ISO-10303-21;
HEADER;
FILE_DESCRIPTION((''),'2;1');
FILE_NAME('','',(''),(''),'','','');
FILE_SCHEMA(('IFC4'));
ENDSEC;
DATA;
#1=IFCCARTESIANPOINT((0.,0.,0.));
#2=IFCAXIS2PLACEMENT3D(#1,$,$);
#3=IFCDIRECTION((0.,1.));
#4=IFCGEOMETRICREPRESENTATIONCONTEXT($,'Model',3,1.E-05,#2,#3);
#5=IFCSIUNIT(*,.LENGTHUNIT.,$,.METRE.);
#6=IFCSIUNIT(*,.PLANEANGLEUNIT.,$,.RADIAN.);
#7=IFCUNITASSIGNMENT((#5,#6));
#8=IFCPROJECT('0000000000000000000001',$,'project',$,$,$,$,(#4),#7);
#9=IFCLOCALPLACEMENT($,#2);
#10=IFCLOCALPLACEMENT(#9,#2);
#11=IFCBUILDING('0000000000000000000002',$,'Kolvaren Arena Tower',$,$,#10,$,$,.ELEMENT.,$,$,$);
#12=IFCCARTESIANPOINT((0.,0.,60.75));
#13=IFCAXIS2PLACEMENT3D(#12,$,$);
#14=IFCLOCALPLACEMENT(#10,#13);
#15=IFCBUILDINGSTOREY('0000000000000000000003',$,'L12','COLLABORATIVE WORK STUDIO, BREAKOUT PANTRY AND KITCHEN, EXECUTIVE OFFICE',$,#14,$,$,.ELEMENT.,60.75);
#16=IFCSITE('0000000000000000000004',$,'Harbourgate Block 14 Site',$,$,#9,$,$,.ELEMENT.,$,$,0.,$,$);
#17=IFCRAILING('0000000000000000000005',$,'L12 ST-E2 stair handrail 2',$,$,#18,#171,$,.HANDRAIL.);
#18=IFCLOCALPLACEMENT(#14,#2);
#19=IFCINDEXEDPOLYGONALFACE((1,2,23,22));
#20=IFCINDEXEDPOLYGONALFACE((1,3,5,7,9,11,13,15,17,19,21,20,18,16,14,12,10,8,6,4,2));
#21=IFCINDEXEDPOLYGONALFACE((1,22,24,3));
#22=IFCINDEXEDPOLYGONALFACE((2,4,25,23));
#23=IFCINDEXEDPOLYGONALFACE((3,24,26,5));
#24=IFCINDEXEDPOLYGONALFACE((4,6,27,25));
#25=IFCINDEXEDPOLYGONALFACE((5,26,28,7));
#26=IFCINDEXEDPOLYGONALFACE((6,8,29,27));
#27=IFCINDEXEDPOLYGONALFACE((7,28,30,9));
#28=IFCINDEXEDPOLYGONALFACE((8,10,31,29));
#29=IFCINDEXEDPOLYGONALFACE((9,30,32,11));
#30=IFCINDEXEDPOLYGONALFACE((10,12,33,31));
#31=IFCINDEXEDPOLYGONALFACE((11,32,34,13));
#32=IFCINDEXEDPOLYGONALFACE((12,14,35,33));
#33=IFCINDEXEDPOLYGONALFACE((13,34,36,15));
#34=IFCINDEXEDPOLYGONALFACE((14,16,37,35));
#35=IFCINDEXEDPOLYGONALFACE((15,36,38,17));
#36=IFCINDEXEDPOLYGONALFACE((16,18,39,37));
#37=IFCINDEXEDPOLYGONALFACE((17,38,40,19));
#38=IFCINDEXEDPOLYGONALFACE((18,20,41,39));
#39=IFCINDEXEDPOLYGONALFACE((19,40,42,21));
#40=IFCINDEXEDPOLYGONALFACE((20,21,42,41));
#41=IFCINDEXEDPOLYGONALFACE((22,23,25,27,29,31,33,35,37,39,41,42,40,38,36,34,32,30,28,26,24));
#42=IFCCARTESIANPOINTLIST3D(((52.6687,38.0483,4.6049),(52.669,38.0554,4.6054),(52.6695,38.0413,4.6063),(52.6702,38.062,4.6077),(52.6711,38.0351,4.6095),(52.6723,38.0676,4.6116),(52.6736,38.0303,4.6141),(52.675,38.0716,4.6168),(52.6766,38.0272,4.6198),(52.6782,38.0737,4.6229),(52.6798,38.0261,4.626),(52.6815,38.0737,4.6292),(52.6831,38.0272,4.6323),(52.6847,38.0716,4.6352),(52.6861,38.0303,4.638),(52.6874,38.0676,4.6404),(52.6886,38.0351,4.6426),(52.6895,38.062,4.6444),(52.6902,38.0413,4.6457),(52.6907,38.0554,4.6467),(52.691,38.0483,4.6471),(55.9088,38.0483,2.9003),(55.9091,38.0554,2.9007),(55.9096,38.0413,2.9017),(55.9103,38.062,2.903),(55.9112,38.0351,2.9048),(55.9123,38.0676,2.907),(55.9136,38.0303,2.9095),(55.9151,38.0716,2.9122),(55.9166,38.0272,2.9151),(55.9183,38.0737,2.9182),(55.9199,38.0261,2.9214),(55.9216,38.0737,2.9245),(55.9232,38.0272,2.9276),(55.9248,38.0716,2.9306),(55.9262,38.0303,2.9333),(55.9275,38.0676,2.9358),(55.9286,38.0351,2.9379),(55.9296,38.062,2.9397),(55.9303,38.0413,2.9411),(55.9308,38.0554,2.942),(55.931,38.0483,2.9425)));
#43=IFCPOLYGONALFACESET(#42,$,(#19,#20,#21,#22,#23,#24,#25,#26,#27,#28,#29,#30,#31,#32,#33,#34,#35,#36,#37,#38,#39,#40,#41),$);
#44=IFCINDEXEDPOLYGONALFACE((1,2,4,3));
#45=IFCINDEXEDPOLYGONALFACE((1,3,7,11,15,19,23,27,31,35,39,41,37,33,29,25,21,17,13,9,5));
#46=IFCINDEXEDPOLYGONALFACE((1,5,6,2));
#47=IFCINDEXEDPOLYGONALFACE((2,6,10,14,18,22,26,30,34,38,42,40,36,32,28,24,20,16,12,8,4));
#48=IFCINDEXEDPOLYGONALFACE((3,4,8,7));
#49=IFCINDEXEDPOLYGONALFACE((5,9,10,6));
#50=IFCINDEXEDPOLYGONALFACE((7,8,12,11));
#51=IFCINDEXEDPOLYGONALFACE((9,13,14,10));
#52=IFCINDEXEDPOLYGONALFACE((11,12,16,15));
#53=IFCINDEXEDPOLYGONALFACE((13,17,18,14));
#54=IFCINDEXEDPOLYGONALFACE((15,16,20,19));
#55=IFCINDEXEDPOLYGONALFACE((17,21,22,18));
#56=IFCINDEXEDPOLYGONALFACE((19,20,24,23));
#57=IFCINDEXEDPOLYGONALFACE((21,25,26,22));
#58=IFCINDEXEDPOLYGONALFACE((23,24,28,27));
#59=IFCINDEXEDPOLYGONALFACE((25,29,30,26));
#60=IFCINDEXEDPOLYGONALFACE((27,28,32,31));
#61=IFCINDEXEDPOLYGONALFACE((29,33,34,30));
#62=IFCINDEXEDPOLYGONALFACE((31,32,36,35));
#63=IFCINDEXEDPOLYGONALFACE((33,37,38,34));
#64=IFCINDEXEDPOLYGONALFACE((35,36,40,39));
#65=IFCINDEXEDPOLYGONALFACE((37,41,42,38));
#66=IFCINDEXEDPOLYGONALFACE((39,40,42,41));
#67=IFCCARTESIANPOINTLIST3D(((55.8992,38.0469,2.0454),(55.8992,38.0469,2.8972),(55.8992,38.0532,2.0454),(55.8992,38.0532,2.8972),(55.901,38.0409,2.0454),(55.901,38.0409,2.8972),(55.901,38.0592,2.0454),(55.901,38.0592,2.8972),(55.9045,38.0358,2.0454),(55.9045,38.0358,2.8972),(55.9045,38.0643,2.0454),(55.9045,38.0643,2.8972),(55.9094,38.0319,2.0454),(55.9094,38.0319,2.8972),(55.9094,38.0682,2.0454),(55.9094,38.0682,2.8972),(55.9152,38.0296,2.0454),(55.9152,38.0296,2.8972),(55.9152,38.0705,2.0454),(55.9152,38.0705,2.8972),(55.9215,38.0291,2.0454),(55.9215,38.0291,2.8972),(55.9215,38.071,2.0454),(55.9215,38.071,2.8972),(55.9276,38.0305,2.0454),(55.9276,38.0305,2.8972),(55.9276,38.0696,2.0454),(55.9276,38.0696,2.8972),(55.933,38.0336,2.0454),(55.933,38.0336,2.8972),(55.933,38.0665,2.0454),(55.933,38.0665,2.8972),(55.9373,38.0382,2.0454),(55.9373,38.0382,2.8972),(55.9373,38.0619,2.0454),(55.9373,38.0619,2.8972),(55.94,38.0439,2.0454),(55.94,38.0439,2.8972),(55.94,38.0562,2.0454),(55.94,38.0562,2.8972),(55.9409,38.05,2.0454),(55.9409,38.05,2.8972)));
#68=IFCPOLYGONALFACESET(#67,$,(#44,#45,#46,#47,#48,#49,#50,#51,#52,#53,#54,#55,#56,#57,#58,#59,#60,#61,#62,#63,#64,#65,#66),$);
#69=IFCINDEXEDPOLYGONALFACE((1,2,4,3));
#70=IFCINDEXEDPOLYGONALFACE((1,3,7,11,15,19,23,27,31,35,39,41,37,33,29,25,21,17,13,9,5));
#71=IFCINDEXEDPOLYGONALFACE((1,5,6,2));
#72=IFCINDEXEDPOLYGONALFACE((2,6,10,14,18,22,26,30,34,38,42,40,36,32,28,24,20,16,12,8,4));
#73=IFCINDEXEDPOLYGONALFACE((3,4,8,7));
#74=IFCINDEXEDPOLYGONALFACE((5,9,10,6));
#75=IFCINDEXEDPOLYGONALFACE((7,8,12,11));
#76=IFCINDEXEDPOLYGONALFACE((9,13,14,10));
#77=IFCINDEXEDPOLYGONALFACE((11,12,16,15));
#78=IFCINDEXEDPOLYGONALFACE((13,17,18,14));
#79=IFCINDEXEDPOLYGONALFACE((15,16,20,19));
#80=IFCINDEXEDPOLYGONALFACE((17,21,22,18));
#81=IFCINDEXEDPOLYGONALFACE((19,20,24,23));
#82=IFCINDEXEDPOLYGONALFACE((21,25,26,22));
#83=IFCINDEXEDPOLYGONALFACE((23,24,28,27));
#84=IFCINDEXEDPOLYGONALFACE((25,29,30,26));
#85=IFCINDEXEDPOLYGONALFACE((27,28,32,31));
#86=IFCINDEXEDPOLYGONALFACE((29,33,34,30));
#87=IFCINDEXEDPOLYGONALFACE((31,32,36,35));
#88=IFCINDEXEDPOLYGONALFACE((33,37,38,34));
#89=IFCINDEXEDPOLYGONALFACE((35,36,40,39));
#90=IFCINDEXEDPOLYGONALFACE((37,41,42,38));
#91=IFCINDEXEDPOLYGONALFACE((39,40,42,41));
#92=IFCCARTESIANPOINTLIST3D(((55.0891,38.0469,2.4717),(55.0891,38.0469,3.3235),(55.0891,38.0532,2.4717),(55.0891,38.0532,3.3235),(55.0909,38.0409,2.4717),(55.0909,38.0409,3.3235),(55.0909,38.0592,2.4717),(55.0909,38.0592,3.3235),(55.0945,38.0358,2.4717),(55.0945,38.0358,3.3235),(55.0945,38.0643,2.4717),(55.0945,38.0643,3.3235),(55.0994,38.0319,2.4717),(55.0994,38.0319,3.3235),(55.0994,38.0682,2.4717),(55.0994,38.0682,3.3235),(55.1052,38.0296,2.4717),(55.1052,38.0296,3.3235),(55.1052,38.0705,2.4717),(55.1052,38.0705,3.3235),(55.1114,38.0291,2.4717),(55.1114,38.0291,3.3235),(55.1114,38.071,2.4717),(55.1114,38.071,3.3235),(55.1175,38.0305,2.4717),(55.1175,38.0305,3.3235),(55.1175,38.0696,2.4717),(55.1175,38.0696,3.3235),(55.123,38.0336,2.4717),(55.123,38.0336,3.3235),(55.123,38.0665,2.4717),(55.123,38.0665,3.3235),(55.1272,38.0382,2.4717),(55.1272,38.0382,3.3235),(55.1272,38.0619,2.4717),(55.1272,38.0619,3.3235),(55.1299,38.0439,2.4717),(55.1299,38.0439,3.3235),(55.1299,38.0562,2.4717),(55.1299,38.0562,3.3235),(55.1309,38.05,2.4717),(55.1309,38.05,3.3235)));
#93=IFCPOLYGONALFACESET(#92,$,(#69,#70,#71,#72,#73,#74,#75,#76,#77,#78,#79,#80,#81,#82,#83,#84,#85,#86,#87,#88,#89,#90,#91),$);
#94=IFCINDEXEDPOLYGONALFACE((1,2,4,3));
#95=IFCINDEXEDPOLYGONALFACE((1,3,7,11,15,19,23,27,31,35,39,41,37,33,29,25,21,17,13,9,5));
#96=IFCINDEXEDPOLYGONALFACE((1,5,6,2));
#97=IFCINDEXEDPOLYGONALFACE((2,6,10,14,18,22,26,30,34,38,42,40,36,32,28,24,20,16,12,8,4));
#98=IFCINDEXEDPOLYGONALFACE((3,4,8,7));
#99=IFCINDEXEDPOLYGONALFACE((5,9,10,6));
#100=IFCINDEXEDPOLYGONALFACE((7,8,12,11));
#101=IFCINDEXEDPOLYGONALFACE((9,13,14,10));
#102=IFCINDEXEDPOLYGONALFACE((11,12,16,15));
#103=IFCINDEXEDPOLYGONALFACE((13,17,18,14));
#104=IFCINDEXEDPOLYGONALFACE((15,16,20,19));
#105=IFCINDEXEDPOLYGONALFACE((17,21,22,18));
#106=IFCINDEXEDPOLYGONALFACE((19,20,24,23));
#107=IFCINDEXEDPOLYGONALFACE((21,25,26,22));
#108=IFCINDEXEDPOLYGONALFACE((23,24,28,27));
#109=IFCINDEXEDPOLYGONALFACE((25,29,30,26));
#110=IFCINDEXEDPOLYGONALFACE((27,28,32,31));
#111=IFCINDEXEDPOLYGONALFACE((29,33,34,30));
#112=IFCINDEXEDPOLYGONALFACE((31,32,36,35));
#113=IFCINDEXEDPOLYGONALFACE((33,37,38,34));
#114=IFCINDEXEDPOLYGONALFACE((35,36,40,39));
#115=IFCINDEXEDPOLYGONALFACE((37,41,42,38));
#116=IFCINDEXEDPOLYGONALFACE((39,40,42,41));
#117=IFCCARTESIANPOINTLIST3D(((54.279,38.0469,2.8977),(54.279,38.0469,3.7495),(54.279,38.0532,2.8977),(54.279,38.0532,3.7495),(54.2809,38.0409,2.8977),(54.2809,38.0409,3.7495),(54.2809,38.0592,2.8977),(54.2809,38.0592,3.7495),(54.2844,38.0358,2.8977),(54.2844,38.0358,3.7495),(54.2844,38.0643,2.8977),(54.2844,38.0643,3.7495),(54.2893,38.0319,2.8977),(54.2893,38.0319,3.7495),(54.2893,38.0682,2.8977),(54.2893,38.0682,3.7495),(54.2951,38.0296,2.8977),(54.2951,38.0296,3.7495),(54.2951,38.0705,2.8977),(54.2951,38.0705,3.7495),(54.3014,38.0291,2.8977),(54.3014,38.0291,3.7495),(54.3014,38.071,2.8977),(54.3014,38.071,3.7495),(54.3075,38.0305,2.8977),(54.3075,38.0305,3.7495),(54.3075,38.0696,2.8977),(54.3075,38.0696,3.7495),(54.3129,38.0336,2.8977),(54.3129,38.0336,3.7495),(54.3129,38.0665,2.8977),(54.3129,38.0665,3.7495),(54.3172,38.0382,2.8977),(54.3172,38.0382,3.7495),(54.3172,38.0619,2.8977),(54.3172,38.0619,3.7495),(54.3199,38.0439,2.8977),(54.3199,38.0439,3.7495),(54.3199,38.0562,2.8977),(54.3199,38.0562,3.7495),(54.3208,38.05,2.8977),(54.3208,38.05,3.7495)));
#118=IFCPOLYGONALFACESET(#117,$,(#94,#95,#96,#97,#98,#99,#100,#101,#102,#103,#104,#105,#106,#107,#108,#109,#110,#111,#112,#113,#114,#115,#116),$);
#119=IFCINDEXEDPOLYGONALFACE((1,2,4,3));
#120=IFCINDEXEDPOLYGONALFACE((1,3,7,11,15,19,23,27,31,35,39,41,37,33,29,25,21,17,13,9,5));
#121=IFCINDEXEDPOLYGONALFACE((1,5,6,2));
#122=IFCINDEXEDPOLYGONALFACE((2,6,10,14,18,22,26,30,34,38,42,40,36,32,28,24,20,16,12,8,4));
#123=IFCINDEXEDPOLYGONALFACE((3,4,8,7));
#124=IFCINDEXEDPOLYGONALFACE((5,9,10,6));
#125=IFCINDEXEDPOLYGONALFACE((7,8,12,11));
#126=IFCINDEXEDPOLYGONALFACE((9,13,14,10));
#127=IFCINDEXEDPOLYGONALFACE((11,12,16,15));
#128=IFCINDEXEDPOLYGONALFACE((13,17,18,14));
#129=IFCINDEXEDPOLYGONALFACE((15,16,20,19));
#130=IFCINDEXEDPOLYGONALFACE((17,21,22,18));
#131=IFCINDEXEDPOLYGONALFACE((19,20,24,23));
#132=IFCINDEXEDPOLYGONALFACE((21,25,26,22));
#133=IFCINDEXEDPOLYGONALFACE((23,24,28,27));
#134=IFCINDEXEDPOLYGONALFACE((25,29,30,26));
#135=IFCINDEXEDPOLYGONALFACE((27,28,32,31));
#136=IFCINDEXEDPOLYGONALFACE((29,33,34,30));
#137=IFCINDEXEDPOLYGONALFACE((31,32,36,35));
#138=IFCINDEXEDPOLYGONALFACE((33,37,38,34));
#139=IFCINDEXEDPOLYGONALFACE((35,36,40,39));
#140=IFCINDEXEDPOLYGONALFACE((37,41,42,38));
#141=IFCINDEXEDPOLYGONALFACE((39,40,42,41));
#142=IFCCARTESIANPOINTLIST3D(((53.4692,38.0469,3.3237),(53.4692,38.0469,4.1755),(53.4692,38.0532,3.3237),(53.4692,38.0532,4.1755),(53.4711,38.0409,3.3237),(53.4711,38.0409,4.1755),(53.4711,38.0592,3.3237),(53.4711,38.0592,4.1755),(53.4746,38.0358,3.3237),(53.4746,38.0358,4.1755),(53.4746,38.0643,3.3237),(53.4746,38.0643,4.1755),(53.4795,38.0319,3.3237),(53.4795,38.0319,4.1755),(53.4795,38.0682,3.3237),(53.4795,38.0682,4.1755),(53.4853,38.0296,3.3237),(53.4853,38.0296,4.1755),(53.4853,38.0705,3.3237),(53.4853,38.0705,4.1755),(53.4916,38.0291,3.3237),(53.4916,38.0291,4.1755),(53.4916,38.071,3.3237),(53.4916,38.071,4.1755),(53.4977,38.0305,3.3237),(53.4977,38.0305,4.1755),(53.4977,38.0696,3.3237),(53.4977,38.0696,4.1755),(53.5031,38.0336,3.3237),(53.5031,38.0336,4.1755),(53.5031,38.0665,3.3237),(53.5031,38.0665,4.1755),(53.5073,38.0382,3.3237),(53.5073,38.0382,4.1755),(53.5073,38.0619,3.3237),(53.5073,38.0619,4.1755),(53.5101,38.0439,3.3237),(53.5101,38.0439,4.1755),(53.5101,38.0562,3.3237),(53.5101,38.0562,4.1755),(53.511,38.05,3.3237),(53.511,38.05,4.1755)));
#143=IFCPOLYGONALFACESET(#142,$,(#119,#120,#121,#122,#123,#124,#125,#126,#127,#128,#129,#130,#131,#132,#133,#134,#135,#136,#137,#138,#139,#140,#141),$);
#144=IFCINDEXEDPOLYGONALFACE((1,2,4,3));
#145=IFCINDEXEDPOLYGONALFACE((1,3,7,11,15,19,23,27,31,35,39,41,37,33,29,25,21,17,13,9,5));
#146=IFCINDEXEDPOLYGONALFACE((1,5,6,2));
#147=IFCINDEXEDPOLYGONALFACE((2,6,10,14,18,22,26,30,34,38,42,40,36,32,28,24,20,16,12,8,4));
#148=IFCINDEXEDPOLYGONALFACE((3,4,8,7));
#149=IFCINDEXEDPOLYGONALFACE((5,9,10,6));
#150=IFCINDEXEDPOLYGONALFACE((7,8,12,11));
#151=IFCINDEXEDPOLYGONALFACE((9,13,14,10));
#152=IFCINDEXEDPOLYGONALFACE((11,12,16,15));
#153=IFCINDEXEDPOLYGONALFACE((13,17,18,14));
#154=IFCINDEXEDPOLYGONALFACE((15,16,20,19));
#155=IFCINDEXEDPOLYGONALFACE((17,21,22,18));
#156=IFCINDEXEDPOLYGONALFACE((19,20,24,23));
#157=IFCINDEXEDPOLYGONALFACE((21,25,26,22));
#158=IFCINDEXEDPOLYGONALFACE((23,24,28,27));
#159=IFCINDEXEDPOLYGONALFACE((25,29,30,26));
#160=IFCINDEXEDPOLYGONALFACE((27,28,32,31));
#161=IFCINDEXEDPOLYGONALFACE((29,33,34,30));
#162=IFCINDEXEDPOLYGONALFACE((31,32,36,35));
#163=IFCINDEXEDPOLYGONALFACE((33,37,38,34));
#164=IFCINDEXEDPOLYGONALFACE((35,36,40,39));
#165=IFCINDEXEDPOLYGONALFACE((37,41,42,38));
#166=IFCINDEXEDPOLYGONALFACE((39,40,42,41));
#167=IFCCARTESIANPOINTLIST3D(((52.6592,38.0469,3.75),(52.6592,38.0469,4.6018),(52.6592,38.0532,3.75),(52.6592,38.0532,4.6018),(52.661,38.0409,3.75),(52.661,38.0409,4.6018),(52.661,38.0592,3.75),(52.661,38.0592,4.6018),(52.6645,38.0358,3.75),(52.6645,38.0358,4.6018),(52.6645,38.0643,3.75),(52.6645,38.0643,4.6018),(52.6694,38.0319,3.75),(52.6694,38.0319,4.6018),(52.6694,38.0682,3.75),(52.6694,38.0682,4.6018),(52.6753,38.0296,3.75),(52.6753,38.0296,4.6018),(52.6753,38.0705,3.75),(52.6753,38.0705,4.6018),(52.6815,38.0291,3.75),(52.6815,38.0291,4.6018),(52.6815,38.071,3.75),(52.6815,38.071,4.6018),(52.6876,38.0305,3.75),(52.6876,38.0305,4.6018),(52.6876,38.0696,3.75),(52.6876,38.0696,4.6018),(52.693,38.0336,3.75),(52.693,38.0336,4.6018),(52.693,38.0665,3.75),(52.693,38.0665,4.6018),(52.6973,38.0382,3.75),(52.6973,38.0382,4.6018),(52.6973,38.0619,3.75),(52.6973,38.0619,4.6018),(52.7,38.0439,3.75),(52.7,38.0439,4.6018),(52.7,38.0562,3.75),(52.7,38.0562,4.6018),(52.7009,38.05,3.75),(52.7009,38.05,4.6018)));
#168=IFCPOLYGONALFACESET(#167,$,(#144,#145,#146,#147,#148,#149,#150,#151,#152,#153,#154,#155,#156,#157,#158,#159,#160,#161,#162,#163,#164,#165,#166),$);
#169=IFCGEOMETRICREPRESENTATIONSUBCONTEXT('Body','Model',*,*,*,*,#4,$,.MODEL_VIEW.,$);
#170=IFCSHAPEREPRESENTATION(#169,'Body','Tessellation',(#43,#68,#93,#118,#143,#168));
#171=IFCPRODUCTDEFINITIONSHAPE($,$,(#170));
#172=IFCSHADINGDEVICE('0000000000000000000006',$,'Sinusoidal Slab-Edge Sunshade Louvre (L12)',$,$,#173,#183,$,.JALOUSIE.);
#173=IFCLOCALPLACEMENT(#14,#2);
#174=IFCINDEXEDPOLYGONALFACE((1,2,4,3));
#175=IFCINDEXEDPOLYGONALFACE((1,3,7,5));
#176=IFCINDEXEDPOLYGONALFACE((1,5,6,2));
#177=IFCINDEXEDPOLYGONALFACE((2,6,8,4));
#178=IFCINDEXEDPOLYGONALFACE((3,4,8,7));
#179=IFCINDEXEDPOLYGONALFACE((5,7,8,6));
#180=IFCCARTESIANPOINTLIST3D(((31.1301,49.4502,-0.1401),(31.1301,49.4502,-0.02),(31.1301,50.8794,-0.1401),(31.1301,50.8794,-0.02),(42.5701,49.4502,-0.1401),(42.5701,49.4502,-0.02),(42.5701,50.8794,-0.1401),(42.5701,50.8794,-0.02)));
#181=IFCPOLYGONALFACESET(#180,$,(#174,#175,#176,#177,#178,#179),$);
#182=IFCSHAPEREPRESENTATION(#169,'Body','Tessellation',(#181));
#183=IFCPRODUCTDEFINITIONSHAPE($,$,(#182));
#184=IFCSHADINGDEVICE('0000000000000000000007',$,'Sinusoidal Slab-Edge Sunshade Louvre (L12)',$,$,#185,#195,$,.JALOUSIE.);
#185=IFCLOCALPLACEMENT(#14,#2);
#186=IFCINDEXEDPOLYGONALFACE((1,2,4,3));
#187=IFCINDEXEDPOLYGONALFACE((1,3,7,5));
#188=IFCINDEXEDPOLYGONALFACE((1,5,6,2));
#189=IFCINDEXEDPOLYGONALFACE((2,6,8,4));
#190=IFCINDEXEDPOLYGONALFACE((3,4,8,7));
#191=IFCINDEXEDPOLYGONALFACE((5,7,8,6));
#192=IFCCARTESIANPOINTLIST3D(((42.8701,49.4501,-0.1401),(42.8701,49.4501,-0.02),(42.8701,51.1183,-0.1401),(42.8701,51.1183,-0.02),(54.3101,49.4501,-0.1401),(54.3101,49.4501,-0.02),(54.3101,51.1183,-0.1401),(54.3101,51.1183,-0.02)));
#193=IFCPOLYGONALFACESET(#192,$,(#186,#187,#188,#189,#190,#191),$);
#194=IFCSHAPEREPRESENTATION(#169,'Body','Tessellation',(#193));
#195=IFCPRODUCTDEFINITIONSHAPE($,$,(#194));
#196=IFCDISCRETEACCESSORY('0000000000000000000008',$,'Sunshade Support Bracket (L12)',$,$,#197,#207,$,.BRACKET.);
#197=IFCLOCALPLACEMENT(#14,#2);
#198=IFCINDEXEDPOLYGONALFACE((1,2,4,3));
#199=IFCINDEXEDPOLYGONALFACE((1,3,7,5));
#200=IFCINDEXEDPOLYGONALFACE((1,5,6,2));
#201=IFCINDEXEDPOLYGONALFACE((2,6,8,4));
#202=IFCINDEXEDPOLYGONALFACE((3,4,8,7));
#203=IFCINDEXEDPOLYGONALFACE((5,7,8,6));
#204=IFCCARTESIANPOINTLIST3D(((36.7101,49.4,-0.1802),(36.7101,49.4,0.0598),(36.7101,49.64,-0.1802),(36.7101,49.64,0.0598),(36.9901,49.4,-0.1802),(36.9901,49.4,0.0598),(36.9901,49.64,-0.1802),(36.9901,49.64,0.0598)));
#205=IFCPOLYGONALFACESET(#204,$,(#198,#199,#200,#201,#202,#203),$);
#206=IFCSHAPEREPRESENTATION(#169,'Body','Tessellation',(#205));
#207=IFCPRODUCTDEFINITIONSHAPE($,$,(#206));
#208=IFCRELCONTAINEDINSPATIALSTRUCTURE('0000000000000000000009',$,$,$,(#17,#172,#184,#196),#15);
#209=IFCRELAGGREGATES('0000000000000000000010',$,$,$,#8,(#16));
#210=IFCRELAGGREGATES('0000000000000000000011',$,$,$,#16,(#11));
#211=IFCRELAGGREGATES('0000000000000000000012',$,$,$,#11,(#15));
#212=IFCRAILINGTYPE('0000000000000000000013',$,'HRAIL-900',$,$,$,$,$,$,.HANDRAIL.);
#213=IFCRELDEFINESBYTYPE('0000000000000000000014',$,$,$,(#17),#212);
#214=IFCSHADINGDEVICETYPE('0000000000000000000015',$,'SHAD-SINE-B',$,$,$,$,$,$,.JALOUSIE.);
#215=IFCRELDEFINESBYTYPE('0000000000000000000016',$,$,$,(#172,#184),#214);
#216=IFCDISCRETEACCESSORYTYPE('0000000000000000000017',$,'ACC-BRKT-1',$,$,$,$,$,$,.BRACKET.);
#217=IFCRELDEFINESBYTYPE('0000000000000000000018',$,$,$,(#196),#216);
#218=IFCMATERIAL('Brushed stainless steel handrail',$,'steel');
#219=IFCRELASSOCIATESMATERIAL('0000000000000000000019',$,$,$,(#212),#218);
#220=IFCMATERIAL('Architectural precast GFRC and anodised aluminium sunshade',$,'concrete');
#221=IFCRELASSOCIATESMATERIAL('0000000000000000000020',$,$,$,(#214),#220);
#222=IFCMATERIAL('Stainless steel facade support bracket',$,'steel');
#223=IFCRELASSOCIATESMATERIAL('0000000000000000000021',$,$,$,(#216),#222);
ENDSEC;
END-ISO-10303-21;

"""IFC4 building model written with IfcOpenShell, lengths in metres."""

from ifc_helpers import new_model, si_unit, direction, frame, origin, origin_2d, place, context, subcontext, project, spatial, rectangle, circle, extrude, material, type_object, element, save


model = new_model("IFC4")

# Units and contexts
model_context = context("Model", 3, precision=1e-05, world=origin(), true_north=direction((0.0, 1.0)))
body_context = subcontext(model_context, "Body", "Model", "MODEL_VIEW")
ifc_project = project(units=[si_unit("LENGTHUNIT", "METRE"), si_unit("PLANEANGLEUNIT", "RADIAN")], contexts=[model_context])

# Site, building, storey
site_placement = place(None, origin())
site = spatial("IfcSite", under=ifc_project, at=site_placement, Name="Harbourgate Block 14 Site", CompositionType="ELEMENT", RefElevation=0.0)
building_placement = place(site_placement, origin())
building = spatial("IfcBuilding", under=site, at=building_placement, Name="Kolvaren Arena Tower", CompositionType="ELEMENT")
storey_placement = place(building_placement, frame((0.0, 0.0, 60.75)))
storey = spatial("IfcBuildingStorey", under=building, at=storey_placement, Name="L12", Description="COLLABORATIVE WORK STUDIO, BREAKOUT PANTRY AND KITCHEN, EXECUTIVE OFFICE", CompositionType="ELEMENT", Elevation=60.75)

# Railing
ifc_material_1 = material(Name="Brushed stainless steel handrail", Category="steel")
railing_type_1 = type_object("IfcRailingType", Name="HRAIL-900", PredefinedType="HANDRAIL", material=ifc_material_1)
railing_1_placement = place(storey_placement, frame((55.9199, 38.05, 2.0454)))
element("IfcRailing", 1, at=railing_1_placement, inside=storey, type_object=railing_type_1, Name="L12 ST-E2 stair handrail 2", PredefinedType="HANDRAIL", context=body_context, shape_type="SweptSolid", body=[
    extrude(circle(Radius=0.0239, at=origin_2d()), frame((0.0, 0.0, 0.876), z_axis=(-0.884993, 0.0, 0.465604), x_axis=(0.0, -1.0, 0.0)), (0.0, 0.0, 1.0), 3.6611),
    extrude(circle(Radius=0.021, at=origin_2d()), origin(), (0.0, 0.0, 1.0), 0.8518),
    extrude(circle(Radius=0.021, at=origin_2d()), frame((-0.8101, 0.0, 0.4263)), (0.0, 0.0, 1.0), 0.8518),
    extrude(circle(Radius=0.021, at=origin_2d()), frame((-1.6201, 0.0, 0.8523)), (0.0, 0.0, 1.0), 0.8518),
    extrude(circle(Radius=0.021, at=origin_2d()), frame((-2.4299, 0.0, 1.2783)), (0.0, 0.0, 1.0), 0.8518),
    extrude(circle(Radius=0.021, at=origin_2d()), frame((-3.24, 0.0, 1.7046)), (0.0, 0.0, 1.0), 0.8518),
])

# Shading devices
ifc_material_2 = material(Name="Architectural precast GFRC and anodised aluminium sunshade", Category="concrete")
shading_device_type = type_object("IfcShadingDeviceType", Name="SHAD-SINE-B", PredefinedType="JALOUSIE", material=ifc_material_2)
shading_device_1_placement = place(storey_placement, frame((36.8501, 50.1648, -0.1401), z_axis=(0.0, 0.0, 1.0), x_axis=(1.0, 0.0, 0.0)))
element("IfcShadingDevice", 2, at=shading_device_1_placement, inside=storey, type_object=shading_device_type, Name="Sinusoidal Slab-Edge Sunshade Louvre (L12)", PredefinedType="JALOUSIE", context=body_context, shape_type="SweptSolid", body=[
    extrude(rectangle(XDim=11.4399, YDim=1.4292, at=origin_2d()), origin(), (0.0, 0.0, 1.0), 0.1201),
])
shading_device_2_placement = place(storey_placement, frame((48.5901, 50.2842, -0.1401), z_axis=(0.0, 0.0, 1.0), x_axis=(1.0, 0.0, 0.0)))
element("IfcShadingDevice", 3, at=shading_device_2_placement, inside=storey, type_object=shading_device_type, Name="Sinusoidal Slab-Edge Sunshade Louvre (L12)", PredefinedType="JALOUSIE", context=body_context, shape_type="SweptSolid", body=[
    extrude(rectangle(XDim=11.4399, YDim=1.6682, at=origin_2d()), origin(), (0.0, 0.0, 1.0), 0.1201),
])

# Discrete accessory
ifc_material_3 = material(Name="Stainless steel facade support bracket", Category="steel")
discrete_accessory_type = type_object("IfcDiscreteAccessoryType", Name="ACC-BRKT-1", PredefinedType="BRACKET", material=ifc_material_3)
for number, where, z_axis, x_axis, name in (
    (4, (36.8501, 49.52, -0.1802), (0.0, 0.0, 1.0), (1.0, 0.0, 0.0), "Sunshade Support Bracket (L12)"),
):
    element("IfcDiscreteAccessory", number, at=place(storey_placement, frame(where, z_axis=z_axis, x_axis=x_axis)), inside=storey, type_object=discrete_accessory_type, Name=name, PredefinedType="BRACKET", context=body_context, shape_type="SweptSolid", body=[
        extrude(rectangle(XDim=0.28, YDim=0.24, at=origin_2d()), origin(), (0.0, 0.0, 1.0), 0.24),
    ])

save(model, "model.ifc")
